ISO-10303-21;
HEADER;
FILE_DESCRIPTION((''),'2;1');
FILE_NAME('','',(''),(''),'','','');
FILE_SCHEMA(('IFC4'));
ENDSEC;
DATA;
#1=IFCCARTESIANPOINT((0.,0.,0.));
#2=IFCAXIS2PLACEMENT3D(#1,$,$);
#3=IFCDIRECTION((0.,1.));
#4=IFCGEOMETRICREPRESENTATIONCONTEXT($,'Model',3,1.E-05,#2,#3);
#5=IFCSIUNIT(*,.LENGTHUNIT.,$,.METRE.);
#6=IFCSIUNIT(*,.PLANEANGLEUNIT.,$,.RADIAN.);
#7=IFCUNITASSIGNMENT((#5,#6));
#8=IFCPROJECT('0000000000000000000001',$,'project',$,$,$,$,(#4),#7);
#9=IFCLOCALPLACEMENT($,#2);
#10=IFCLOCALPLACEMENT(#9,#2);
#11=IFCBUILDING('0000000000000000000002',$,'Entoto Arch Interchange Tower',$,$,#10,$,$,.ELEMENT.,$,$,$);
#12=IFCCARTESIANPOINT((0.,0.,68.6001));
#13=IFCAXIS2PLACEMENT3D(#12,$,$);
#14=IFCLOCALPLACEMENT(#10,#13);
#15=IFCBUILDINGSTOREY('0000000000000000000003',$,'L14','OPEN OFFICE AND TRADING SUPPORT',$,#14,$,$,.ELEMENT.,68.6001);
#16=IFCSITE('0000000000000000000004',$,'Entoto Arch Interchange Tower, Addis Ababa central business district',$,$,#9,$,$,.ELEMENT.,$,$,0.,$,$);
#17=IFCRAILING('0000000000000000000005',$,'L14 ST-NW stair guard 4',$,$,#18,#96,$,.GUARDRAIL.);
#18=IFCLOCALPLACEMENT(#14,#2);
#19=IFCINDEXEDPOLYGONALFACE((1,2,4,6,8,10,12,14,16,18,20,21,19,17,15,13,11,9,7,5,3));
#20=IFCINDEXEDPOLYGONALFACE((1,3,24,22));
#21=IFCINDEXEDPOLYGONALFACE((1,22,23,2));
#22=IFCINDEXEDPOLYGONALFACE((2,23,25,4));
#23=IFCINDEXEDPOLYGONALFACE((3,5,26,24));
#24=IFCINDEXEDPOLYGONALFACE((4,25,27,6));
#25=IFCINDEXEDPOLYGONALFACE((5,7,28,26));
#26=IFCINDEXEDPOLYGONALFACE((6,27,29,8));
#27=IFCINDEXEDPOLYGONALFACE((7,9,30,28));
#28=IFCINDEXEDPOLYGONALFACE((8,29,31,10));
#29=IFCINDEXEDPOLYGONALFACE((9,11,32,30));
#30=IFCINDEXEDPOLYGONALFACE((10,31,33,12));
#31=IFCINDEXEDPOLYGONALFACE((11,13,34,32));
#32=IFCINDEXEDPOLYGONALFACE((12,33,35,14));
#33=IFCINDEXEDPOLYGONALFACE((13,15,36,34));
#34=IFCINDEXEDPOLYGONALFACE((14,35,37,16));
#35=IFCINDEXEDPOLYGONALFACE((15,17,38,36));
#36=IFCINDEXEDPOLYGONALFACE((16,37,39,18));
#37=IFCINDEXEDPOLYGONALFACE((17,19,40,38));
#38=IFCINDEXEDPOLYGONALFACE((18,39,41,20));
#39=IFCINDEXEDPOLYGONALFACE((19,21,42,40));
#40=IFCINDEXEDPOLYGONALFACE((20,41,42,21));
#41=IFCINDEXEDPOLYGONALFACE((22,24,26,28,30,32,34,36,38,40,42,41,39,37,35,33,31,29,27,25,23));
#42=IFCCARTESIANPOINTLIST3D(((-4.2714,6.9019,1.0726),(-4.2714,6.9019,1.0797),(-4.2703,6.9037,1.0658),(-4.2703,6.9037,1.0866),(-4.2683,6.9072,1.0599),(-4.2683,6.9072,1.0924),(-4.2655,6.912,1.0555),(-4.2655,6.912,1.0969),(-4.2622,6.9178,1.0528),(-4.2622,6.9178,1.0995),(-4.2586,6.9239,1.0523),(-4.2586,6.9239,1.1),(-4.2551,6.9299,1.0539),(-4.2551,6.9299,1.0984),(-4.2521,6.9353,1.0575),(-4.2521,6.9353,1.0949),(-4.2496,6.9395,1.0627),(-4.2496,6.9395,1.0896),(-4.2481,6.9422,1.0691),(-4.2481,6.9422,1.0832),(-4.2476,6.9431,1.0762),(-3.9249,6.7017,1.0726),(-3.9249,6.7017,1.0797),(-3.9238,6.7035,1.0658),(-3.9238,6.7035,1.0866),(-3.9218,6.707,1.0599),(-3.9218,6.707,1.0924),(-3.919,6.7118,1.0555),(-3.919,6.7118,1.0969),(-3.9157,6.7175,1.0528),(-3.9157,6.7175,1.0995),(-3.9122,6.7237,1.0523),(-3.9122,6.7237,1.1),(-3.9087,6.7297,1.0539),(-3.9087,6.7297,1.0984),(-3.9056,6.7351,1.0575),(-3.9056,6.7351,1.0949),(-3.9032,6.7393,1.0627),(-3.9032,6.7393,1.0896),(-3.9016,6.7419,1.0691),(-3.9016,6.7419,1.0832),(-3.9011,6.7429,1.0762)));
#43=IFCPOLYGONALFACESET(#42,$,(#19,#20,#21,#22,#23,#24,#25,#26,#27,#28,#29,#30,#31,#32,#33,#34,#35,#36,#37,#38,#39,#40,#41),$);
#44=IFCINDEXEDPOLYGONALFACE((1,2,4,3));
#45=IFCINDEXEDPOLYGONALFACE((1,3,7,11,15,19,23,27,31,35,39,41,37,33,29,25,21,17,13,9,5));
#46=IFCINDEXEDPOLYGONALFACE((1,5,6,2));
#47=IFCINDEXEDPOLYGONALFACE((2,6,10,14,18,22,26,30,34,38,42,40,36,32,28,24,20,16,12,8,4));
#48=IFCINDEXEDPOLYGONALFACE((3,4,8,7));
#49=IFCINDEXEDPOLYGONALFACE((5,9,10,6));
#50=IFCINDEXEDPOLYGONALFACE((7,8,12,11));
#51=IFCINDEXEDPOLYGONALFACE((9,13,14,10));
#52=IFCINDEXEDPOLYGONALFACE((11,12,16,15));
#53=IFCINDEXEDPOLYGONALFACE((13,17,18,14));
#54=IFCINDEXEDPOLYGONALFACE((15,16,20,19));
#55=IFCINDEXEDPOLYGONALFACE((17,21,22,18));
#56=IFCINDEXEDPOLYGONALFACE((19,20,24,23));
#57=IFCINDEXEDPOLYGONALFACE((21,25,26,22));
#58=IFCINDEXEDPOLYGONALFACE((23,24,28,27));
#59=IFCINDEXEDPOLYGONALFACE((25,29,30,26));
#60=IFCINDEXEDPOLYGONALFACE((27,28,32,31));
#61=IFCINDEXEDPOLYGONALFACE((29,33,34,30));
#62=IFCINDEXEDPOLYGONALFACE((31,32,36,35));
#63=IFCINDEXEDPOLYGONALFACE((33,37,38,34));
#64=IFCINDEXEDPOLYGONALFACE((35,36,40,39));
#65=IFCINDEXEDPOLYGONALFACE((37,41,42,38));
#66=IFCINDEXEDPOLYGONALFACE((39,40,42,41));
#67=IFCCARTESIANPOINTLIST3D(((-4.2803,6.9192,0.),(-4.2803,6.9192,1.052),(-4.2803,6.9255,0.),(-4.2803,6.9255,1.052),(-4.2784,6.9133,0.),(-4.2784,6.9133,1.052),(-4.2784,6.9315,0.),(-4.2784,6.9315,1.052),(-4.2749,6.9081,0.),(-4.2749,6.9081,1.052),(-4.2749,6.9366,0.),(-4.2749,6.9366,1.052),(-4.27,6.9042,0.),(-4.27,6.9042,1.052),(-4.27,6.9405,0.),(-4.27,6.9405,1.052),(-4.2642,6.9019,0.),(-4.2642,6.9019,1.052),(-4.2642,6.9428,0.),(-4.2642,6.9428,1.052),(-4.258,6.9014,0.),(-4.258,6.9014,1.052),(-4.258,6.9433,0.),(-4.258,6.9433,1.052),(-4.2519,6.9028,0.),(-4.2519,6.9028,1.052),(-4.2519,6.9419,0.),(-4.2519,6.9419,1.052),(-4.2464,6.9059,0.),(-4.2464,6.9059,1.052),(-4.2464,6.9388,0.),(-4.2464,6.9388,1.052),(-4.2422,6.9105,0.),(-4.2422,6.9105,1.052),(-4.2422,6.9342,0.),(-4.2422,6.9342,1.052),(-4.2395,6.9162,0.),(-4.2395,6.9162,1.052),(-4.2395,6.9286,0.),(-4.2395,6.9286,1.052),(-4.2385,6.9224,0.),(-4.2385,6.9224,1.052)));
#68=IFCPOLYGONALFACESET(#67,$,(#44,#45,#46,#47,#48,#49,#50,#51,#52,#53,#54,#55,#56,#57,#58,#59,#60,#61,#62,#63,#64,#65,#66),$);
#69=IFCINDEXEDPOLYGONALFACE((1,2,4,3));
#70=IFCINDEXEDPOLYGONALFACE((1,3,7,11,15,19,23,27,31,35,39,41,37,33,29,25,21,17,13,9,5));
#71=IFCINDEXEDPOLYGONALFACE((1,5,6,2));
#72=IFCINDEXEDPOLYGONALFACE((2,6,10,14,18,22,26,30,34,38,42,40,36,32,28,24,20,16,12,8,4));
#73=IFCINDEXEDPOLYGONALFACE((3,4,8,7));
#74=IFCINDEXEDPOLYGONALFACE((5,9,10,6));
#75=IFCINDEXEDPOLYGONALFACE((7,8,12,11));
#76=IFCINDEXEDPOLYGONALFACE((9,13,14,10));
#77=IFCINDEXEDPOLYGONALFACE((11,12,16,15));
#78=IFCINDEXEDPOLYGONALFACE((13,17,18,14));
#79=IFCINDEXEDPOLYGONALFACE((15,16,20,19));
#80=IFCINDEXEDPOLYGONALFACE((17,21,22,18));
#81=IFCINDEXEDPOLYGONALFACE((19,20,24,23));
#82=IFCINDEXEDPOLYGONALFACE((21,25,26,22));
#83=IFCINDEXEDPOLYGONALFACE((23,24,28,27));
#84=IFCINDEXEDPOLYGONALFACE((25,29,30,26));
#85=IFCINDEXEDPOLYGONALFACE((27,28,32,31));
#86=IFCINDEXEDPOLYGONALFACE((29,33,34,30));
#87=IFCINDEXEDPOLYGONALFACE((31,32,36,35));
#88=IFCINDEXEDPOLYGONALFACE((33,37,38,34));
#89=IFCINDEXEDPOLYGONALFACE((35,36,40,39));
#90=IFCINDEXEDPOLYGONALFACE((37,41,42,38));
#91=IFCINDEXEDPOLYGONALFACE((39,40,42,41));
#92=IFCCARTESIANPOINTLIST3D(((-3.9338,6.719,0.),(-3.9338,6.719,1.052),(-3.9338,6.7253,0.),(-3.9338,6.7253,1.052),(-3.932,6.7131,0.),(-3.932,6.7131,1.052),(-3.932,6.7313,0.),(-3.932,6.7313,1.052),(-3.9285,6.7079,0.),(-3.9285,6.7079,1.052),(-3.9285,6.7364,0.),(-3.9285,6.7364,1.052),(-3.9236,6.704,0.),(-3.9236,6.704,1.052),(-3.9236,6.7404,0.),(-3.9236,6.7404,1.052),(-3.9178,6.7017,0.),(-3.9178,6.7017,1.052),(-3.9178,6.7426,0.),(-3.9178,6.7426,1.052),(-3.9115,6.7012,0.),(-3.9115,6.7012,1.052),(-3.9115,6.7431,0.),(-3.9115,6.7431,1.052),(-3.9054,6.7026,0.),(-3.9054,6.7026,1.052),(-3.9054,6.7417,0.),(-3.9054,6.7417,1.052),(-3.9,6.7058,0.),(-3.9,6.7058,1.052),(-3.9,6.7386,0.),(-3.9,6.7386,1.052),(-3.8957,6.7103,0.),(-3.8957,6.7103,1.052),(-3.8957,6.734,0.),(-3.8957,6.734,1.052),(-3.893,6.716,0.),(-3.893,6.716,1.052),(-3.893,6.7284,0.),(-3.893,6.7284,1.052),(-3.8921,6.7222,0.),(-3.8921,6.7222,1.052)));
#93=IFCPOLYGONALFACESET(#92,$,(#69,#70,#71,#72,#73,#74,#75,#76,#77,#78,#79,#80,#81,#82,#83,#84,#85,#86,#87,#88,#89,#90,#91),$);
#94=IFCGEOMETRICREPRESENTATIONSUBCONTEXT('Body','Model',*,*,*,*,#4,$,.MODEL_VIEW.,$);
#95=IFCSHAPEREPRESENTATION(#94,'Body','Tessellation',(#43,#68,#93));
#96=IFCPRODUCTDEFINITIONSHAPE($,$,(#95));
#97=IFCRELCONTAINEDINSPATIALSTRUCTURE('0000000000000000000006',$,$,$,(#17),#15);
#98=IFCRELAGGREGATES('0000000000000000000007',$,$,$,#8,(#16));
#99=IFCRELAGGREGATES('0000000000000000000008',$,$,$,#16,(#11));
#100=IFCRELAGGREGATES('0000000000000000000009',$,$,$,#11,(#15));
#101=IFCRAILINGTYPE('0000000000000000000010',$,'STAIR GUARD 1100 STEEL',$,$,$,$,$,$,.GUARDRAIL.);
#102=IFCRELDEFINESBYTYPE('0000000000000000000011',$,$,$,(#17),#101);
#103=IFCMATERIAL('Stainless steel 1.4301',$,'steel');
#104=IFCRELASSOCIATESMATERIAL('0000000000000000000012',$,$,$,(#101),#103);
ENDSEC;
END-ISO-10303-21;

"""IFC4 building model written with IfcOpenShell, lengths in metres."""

from ifc_helpers import new_model, si_unit, direction, frame, origin, origin_2d, place, context, subcontext, project, spatial, circle, extrude, material, type_object, element, save


model = new_model("IFC4")

# Units and contexts
model_context = context("Model", 3, precision=1e-05, world=origin(), true_north=direction((0.0, 1.0)))
body_context = subcontext(model_context, "Body", "Model", "MODEL_VIEW")
ifc_project = project(units=[si_unit("LENGTHUNIT", "METRE"), si_unit("PLANEANGLEUNIT", "RADIAN")], contexts=[model_context])

# Site, building, storey
site_placement = place(None, origin())
site = spatial("IfcSite", under=ifc_project, at=site_placement, Name="Entoto Arch Interchange Tower, Addis Ababa central business district", CompositionType="ELEMENT", RefElevation=0.0)
building_placement = place(site_placement, origin())
building = spatial("IfcBuilding", under=site, at=building_placement, Name="Entoto Arch Interchange Tower", CompositionType="ELEMENT")
storey_placement = place(building_placement, frame((0.0, 0.0, 68.6001)))
storey = spatial("IfcBuildingStorey", under=building, at=storey_placement, Name="L14", Description="OPEN OFFICE AND TRADING SUPPORT", CompositionType="ELEMENT", Elevation=68.6001)

# Railing
ifc_material_1 = material(Name="Stainless steel 1.4301", Category="steel")
railing_type_1 = type_object("IfcRailingType", Name="STAIR GUARD 1100 STEEL", PredefinedType="GUARDRAIL", material=ifc_material_1)
railing_1_placement = place(storey_placement, frame((-4.2595, 6.9224, 0.0)))
element("IfcRailing", 1, at=railing_1_placement, inside=storey, type_object=railing_type_1, Name="L14 ST-NW stair guard 4", PredefinedType="GUARDRAIL", context=body_context, shape_type="SweptSolid", body=[
    extrude(circle(Radius=0.0239, at=origin_2d()), frame((0.0, 0.0, 1.0762), z_axis=(0.86583, -0.500339, 0.0), x_axis=(0.500339, 0.86583, 0.0)), (0.0, 0.0, 1.0), 0.4001),
    extrude(circle(Radius=0.021, at=origin_2d()), origin(), (0.0, 0.0, 1.0), 1.052),
    extrude(circle(Radius=0.021, at=origin_2d()), frame((0.3464, -0.2002, 0.0)), (0.0, 0.0, 1.0), 1.052),
])

save(model, "model.ifc")
